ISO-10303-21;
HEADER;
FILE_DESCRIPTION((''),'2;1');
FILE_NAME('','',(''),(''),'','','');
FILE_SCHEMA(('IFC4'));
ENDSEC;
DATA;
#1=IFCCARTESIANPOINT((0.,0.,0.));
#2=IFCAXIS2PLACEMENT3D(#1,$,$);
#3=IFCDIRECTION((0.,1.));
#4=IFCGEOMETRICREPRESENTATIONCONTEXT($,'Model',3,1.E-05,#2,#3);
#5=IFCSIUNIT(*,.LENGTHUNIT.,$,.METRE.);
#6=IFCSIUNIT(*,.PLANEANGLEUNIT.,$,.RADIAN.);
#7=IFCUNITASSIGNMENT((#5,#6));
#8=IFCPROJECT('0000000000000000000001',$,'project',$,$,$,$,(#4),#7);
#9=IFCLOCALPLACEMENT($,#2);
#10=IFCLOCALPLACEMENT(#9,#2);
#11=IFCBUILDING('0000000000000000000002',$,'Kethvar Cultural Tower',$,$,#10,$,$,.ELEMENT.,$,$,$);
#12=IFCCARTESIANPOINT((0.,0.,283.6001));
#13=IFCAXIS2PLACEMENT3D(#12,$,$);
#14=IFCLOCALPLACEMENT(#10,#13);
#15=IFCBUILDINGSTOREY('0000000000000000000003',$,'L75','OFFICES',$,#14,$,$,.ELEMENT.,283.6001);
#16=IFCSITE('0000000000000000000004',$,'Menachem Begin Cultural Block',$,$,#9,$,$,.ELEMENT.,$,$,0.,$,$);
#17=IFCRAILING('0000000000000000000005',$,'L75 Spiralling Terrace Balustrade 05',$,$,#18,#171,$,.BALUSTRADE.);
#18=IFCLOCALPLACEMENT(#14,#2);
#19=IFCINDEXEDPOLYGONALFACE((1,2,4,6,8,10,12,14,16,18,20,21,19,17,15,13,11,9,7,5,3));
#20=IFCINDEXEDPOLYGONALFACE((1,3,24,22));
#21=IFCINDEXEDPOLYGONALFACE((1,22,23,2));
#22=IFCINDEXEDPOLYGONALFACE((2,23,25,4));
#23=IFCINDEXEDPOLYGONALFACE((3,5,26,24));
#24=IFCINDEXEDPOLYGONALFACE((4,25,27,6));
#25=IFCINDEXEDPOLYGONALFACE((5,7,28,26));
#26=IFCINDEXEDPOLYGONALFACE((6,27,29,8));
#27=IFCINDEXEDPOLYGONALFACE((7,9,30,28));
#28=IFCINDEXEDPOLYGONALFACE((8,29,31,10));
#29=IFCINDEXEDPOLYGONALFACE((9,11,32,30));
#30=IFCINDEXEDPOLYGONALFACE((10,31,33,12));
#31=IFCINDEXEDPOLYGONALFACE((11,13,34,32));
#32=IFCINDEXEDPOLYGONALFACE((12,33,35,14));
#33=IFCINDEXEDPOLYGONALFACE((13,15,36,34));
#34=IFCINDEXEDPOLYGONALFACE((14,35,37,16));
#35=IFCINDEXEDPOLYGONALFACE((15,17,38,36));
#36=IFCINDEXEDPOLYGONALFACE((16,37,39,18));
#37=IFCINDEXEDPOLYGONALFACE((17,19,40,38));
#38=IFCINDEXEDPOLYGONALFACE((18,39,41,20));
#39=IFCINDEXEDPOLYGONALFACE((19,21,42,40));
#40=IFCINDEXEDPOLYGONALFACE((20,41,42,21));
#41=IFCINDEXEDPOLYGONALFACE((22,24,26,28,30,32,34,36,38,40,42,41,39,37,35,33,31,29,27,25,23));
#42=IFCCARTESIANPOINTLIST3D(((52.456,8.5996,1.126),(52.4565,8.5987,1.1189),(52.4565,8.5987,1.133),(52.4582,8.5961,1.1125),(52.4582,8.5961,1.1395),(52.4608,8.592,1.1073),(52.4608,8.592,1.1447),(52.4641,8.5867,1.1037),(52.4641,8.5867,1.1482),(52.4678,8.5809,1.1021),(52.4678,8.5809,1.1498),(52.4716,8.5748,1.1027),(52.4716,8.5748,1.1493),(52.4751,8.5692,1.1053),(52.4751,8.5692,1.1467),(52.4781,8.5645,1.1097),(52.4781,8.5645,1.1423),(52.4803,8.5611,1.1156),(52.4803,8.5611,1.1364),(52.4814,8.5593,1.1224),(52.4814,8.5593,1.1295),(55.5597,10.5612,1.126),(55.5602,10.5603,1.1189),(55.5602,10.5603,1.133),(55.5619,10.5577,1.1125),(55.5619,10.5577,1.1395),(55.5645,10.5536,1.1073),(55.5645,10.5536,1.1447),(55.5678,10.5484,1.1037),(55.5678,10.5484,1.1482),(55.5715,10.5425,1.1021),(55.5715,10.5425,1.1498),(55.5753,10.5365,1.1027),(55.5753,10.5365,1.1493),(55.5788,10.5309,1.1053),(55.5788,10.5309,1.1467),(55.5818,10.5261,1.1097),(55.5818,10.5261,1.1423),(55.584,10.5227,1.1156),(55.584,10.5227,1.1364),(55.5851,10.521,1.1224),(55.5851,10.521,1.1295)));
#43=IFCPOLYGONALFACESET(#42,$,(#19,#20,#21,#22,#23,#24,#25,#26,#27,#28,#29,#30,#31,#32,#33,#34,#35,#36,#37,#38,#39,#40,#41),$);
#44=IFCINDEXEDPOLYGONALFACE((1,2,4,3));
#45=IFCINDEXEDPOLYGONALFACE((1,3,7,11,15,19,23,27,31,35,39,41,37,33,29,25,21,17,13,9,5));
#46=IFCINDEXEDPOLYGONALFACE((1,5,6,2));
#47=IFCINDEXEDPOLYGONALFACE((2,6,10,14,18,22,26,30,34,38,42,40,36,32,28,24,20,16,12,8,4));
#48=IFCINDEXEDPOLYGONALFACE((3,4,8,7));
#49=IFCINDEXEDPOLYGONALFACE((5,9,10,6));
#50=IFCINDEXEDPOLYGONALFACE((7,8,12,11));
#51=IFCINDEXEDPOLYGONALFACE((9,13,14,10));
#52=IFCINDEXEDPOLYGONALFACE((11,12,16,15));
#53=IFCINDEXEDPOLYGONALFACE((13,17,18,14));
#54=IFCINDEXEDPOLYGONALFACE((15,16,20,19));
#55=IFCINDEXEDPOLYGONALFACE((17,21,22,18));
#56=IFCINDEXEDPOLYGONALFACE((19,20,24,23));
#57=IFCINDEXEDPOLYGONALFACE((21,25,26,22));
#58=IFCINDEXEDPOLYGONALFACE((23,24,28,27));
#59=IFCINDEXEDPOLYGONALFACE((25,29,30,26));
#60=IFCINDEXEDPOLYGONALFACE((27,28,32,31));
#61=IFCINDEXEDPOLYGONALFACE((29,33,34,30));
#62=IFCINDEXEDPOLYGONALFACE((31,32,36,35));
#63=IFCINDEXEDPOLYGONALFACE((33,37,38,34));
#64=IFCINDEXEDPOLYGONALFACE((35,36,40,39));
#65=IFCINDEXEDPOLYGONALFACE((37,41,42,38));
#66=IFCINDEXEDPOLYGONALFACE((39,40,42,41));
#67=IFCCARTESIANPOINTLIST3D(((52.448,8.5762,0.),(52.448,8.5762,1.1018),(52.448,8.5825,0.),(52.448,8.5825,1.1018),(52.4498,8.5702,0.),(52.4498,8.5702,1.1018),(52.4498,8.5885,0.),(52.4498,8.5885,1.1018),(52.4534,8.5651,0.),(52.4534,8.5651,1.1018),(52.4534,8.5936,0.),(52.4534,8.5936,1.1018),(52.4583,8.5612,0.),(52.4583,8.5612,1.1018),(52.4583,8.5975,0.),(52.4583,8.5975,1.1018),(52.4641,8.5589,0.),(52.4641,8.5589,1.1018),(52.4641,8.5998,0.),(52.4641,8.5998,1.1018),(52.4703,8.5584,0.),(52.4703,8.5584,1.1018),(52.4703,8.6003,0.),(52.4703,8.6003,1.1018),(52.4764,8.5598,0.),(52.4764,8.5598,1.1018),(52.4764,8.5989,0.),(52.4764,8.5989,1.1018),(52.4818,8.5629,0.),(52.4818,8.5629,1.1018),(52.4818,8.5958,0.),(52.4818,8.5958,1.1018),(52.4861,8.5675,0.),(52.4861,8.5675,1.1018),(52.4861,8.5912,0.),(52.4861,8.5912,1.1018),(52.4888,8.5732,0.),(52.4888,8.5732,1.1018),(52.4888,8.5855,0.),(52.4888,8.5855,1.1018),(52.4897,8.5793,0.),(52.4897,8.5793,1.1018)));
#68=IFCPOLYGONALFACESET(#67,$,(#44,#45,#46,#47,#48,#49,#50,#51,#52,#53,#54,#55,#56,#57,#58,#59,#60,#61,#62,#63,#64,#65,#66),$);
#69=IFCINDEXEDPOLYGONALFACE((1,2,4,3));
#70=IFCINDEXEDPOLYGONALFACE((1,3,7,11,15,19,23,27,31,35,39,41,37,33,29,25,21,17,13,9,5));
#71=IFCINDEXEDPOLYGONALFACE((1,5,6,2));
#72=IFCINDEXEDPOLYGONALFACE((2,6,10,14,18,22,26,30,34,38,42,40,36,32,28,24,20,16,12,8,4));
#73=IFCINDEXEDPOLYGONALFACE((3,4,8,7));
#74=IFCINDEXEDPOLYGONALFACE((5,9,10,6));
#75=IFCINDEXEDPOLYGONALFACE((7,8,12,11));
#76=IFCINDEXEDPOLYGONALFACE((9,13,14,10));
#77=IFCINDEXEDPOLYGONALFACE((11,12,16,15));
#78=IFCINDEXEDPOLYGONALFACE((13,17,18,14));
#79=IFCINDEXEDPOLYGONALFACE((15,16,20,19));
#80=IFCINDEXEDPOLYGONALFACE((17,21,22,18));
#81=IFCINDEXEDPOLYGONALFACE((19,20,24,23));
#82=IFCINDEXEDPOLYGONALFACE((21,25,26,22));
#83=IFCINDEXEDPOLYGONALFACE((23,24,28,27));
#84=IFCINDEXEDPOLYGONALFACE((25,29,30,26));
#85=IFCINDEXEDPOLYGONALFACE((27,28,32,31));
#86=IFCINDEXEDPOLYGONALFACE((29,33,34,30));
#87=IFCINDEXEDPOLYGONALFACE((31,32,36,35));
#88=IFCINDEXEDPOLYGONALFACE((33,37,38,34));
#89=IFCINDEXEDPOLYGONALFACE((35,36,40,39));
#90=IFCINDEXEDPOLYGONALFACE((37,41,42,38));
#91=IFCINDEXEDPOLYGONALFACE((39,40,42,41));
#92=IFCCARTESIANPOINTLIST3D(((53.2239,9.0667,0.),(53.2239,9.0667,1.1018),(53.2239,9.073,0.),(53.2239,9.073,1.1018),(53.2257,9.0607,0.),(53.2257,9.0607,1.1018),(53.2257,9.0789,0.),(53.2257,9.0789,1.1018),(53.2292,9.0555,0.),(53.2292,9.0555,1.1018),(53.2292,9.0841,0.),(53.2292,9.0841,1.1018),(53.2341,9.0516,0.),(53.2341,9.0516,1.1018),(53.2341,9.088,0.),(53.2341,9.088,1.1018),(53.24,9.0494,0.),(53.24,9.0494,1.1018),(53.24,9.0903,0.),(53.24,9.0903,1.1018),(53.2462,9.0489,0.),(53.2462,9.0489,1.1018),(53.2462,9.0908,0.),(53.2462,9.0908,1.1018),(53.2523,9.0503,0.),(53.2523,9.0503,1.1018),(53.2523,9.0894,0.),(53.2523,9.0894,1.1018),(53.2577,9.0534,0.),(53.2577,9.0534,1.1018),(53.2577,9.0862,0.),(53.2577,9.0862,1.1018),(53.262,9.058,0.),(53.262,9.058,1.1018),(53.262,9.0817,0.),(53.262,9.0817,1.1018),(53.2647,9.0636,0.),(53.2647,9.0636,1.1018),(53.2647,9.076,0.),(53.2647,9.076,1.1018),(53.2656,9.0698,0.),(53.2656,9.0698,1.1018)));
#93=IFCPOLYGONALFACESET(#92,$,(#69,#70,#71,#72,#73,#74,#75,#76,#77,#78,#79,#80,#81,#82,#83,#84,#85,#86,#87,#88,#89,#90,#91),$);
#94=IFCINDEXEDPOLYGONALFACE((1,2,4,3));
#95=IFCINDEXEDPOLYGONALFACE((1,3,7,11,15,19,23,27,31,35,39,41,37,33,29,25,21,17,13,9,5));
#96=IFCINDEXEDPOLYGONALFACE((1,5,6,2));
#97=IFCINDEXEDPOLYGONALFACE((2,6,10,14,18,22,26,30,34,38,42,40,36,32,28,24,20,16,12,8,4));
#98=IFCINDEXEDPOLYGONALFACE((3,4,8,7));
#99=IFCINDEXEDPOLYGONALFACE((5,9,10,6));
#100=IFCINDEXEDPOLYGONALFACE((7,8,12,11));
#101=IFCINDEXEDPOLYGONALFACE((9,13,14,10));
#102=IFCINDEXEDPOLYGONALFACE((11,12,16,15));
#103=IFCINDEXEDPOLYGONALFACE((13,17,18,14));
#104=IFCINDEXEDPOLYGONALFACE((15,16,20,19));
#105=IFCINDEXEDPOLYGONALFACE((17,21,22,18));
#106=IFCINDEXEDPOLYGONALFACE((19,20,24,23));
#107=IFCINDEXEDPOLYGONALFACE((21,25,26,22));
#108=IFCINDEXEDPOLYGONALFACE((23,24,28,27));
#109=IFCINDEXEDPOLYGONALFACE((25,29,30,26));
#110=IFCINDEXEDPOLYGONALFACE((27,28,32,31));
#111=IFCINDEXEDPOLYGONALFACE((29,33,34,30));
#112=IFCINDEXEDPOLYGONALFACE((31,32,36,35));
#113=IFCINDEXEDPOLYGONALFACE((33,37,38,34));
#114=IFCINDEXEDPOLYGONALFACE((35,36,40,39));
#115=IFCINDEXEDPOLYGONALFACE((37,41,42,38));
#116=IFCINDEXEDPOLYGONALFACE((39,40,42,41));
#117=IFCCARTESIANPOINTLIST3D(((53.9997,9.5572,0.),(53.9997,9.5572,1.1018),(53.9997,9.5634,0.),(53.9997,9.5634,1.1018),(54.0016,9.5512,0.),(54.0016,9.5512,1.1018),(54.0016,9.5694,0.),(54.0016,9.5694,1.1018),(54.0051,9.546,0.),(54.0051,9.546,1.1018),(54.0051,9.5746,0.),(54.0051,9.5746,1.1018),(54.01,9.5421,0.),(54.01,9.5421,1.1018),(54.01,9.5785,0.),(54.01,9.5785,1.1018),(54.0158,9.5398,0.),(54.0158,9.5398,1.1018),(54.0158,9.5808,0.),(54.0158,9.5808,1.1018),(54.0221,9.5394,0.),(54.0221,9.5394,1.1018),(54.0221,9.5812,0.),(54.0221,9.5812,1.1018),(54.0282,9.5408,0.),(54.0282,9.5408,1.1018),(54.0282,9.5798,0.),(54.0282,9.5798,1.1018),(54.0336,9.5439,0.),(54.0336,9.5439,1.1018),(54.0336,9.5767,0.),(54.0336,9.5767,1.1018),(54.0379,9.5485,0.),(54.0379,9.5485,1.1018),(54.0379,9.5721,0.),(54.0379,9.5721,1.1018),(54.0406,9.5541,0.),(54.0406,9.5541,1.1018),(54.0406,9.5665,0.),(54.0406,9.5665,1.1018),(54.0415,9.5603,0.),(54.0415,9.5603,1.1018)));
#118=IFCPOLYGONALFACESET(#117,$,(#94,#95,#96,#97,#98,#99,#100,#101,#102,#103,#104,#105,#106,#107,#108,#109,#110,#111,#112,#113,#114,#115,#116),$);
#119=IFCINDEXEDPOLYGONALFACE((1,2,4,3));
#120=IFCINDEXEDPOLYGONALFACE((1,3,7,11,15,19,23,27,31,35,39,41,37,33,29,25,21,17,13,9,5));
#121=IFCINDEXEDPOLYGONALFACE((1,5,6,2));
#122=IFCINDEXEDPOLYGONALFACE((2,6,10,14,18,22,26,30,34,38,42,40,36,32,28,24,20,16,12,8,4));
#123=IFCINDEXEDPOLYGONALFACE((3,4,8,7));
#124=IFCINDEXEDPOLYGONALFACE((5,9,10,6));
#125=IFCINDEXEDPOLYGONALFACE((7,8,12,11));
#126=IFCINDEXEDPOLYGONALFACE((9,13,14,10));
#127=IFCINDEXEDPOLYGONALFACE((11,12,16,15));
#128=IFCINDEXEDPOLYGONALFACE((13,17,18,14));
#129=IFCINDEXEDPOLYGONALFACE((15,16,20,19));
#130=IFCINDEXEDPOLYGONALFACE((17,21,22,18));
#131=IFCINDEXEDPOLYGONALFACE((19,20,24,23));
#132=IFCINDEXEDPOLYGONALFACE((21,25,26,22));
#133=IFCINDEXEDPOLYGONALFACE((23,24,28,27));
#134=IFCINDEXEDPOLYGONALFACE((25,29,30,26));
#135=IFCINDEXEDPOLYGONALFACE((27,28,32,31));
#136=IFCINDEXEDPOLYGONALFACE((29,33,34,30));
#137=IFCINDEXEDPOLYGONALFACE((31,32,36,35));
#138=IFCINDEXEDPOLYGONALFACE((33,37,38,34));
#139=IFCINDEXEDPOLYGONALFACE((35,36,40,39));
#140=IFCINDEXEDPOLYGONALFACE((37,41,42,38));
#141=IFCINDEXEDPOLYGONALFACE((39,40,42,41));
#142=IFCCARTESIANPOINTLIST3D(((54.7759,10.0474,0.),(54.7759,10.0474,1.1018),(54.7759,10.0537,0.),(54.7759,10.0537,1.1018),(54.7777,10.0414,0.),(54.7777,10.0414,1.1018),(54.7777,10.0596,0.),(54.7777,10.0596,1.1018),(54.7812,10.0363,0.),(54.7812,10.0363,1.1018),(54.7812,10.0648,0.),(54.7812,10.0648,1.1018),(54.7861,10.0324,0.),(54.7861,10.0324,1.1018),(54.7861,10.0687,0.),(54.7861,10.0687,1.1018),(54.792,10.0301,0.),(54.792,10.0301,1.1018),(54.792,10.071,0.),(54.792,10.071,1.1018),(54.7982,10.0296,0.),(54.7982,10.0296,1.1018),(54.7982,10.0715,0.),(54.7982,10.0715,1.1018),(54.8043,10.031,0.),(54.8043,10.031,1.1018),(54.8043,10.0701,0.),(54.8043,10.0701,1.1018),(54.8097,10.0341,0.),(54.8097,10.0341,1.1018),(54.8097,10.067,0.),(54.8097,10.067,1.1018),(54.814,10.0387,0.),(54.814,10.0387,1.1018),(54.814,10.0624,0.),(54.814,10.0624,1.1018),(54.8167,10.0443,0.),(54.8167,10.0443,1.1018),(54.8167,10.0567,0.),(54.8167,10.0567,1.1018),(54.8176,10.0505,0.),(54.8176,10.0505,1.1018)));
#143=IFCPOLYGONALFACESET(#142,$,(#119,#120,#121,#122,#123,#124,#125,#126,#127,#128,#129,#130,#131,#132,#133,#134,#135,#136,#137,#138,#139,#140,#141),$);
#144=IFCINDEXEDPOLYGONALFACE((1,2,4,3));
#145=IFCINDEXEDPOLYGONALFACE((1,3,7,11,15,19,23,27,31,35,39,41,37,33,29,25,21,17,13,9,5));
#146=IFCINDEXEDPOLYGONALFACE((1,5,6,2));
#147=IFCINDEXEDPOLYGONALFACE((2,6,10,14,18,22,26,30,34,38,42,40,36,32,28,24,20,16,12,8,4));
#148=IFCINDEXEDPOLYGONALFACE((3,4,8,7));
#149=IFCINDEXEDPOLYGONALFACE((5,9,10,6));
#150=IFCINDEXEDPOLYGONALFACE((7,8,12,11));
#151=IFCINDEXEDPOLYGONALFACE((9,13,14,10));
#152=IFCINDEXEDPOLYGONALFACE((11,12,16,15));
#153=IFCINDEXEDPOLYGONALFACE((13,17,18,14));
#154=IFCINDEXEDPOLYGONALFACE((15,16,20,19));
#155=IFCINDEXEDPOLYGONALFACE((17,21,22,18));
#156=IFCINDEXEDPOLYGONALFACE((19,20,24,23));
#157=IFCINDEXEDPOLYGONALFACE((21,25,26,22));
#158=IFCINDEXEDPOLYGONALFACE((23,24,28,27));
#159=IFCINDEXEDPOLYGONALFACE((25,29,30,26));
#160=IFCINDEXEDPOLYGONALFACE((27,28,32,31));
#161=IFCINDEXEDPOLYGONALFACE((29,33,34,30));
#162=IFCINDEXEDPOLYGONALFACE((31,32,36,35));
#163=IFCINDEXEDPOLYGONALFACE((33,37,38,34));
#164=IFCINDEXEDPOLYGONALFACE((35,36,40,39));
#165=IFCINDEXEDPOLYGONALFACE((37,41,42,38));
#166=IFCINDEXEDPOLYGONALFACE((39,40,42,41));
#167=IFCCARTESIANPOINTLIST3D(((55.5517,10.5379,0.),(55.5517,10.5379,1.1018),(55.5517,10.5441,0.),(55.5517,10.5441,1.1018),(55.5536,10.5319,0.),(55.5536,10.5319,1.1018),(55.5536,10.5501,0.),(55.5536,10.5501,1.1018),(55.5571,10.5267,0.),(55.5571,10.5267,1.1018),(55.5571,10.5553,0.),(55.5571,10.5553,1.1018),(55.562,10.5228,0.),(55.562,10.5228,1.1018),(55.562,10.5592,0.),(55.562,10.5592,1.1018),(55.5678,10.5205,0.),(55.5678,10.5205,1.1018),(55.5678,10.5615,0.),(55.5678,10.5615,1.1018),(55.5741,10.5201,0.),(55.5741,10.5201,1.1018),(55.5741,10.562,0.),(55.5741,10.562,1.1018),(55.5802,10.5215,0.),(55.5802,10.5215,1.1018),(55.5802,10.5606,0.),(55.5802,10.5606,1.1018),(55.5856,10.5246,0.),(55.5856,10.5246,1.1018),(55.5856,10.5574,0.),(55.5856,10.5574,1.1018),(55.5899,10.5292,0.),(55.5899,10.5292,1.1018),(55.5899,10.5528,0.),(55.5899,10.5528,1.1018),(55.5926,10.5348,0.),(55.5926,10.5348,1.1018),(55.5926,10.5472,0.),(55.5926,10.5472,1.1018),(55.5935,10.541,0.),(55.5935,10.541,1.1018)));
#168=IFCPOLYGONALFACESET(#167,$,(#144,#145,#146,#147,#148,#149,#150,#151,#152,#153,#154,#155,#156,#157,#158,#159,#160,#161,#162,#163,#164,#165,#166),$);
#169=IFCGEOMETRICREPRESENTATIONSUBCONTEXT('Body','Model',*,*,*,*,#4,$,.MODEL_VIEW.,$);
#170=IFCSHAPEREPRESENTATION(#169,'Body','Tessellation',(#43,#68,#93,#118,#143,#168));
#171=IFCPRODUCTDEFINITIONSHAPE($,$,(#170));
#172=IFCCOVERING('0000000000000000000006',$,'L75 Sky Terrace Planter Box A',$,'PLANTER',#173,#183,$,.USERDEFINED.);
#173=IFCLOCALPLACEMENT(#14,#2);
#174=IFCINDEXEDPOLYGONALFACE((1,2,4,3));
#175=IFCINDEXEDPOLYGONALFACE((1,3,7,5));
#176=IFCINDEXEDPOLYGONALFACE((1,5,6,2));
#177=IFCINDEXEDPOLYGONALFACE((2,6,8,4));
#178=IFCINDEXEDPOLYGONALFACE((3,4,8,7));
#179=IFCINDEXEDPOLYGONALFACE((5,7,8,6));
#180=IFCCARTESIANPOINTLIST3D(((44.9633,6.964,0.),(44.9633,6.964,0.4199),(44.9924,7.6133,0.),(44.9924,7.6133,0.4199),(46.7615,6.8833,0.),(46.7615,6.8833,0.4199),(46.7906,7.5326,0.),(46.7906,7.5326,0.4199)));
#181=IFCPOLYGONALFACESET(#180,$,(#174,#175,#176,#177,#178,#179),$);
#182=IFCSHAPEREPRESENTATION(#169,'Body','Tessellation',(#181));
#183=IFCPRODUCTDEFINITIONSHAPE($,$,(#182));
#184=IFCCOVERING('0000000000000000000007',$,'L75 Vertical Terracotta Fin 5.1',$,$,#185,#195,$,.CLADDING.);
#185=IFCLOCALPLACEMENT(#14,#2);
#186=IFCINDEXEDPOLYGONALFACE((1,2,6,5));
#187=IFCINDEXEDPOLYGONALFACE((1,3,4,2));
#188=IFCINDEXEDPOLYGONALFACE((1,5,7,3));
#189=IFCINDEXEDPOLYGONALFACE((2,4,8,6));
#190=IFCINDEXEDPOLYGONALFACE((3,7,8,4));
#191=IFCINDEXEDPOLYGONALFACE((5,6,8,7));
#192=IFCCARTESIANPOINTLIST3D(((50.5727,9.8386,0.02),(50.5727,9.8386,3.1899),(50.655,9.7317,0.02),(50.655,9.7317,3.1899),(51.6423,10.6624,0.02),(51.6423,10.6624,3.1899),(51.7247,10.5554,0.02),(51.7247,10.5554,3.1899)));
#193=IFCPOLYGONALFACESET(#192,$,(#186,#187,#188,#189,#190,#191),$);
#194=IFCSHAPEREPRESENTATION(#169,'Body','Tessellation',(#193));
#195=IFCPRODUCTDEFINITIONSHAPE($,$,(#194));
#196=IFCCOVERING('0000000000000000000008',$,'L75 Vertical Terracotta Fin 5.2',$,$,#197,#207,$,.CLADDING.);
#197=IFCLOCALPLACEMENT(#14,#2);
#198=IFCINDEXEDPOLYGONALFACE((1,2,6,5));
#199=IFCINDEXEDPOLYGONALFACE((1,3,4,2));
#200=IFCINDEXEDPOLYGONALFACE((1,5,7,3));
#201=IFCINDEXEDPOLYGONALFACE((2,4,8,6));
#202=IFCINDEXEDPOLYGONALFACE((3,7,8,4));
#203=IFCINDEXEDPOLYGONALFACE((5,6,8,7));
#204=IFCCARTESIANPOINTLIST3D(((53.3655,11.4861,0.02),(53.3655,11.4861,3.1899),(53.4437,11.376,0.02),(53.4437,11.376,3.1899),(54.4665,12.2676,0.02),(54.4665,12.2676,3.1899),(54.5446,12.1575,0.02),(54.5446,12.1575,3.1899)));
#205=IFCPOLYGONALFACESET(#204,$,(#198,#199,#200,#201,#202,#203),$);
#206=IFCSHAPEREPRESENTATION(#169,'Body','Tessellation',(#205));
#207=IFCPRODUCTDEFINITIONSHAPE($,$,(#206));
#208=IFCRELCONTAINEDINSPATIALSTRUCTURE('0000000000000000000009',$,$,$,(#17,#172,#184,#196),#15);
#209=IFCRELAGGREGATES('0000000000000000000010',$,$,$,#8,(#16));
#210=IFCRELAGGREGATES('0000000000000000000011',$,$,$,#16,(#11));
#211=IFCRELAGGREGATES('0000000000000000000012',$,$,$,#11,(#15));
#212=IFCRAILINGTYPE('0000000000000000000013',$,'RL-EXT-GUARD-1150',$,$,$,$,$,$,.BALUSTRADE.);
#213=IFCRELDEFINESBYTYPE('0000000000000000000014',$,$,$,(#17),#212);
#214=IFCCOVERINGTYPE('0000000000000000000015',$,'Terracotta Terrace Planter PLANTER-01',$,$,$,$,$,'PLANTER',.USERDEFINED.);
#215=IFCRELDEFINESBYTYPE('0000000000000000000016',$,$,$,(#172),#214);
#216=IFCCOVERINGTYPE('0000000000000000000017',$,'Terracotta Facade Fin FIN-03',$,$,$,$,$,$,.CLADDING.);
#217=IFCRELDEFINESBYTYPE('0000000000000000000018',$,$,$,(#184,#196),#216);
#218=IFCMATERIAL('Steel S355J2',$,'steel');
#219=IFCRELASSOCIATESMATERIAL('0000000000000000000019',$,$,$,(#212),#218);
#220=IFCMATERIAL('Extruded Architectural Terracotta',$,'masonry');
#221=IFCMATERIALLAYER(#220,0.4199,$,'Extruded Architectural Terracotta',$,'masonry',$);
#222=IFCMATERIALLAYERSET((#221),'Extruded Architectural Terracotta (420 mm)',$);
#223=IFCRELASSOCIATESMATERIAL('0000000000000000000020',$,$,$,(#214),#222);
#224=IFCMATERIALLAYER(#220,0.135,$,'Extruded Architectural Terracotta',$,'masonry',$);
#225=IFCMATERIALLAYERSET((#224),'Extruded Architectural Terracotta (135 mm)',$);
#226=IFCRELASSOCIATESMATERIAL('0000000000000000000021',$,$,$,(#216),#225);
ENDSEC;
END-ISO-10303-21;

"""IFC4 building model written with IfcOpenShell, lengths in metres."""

from ifc_helpers import new_model, si_unit, direction, frame, origin, origin_2d, place, context, subcontext, project, spatial, rectangle, circle, extrude, source, transform, mapped, material, layer, layer_set, type_object, element, save


model = new_model("IFC4")

# Units and contexts
model_context = context("Model", 3, precision=1e-05, world=origin(), true_north=direction((0.0, 1.0)))
body_context = subcontext(model_context, "Body", "Model", "MODEL_VIEW")
ifc_project = project(units=[si_unit("LENGTHUNIT", "METRE"), si_unit("PLANEANGLEUNIT", "RADIAN")], contexts=[model_context])

# Site, building, storey
site_placement = place(None, origin())
site = spatial("IfcSite", under=ifc_project, at=site_placement, Name="Menachem Begin Cultural Block", CompositionType="ELEMENT", RefElevation=0.0)
building_placement = place(site_placement, origin())
building = spatial("IfcBuilding", under=site, at=building_placement, Name="Kethvar Cultural Tower", CompositionType="ELEMENT")
storey_placement = place(building_placement, frame((0.0, 0.0, 283.6001)))
storey = spatial("IfcBuildingStorey", under=building, at=storey_placement, Name="L75", Description="OFFICES", CompositionType="ELEMENT", Elevation=283.6001)

# Shared definitions
ifc_material_1 = material(Name="Steel S355J2", Category="steel")

# Railing
railing_type = type_object("IfcRailingType", Name="RL-EXT-GUARD-1150", PredefinedType="BALUSTRADE", material=ifc_material_1)
railing_1_placement = place(storey_placement, frame((52.4688, 8.5793, 0.0)))
element("IfcRailing", 1, at=railing_1_placement, inside=storey, type_object=railing_type, Name="L75 Spiralling Terrace Balustrade 05", PredefinedType="BALUSTRADE", context=body_context, shape_type="SweptSolid", body=[
    extrude(circle(Radius=0.0239, at=origin_2d()), frame((0.0, 0.0, 1.126), z_axis=(0.845317, 0.534266, 0.0), x_axis=(-0.534266, 0.845317, 0.0)), (0.0, 0.0, 1.0), 3.6716),
    extrude(circle(Radius=0.021, at=origin_2d()), origin(), (0.0, 0.0, 1.0), 1.1018),
    extrude(circle(Radius=0.021, at=origin_2d()), frame((0.7759, 0.4905, 0.0)), (0.0, 0.0, 1.0), 1.1018),
    extrude(circle(Radius=0.021, at=origin_2d()), frame((1.5518, 0.981, 0.0)), (0.0, 0.0, 1.0), 1.1018),
    extrude(circle(Radius=0.021, at=origin_2d()), frame((2.3279, 1.4712, 0.0)), (0.0, 0.0, 1.0), 1.1018),
    extrude(circle(Radius=0.021, at=origin_2d()), frame((3.1038, 1.9617, 0.0)), (0.0, 0.0, 1.0), 1.1018),
])

# Coverings
ifc_material_2 = material(Name="Extruded Architectural Terracotta", Category="masonry")
ifc_layer_1 = layer(ifc_material_2, 0.4199, Name="Extruded Architectural Terracotta", Category="masonry")
ifc_layer_set_1 = layer_set([ifc_layer_1], Name="Extruded Architectural Terracotta (420 mm)")
covering_type_1 = type_object("IfcCoveringType", Name="Terracotta Terrace Planter PLANTER-01", ElementType="PLANTER", PredefinedType="USERDEFINED", material=ifc_layer_set_1)
shared_shape_1 = source(origin(), body_context, "Body", "SweptSolid", [
    extrude(rectangle(XDim=1.8, YDim=0.6499, at=origin_2d()), origin(), (0.0, 0.0, 1.0), 0.4199),
])
covering_placement = place(storey_placement, frame((45.877, 7.2483, 0.0), z_axis=(0.0, 0.0, 1.0), x_axis=(0.998994, -0.04484, 0.0)))
element("IfcCovering", 2, at=covering_placement, inside=storey, type_object=covering_type_1, Name="L75 Sky Terrace Planter Box A", ObjectType="PLANTER", PredefinedType="USERDEFINED", context=body_context, shape_type="MappedRepresentation", body=[
    mapped(shared_shape_1, transform((0.0, 0.0, 0.0), scale=1.0)),
])
ifc_layer_2 = layer(ifc_material_2, 0.135, Name="Extruded Architectural Terracotta", Category="masonry")
ifc_layer_set_2 = layer_set([ifc_layer_2], Name="Extruded Architectural Terracotta (135 mm)")
covering_type_2 = type_object("IfcCoveringType", Name="Terracotta Facade Fin FIN-03", PredefinedType="CLADDING", material=ifc_layer_set_2)
shared_shape_2 = source(origin(), body_context, "Body", "SweptSolid", [
    extrude(rectangle(XDim=1.3501, YDim=0.135, at=origin_2d()), origin(), (0.0, 0.0, 1.0), 3.1699),
])
for number, where, z_axis, x_axis, name in (
    (3, (51.1487, 10.197, 0.02), (0.0, 0.0, 1.0), (-0.79229, -0.610145, 0.0), "L75 Vertical Terracotta Fin 5.1"),
    (4, (53.9551, 11.8218, 0.02), (0.0, 0.0, 1.0), (-0.815431, -0.578854, 0.0), "L75 Vertical Terracotta Fin 5.2"),
):
    element("IfcCovering", number, at=place(storey_placement, frame(where, z_axis=z_axis, x_axis=x_axis)), inside=storey, type_object=covering_type_2, Name=name, PredefinedType="CLADDING", context=body_context, shape_type="MappedRepresentation", body=[
        mapped(shared_shape_2, transform((0.0, 0.0, 0.0), scale=1.0)),
    ])

save(model, "model.ifc")
